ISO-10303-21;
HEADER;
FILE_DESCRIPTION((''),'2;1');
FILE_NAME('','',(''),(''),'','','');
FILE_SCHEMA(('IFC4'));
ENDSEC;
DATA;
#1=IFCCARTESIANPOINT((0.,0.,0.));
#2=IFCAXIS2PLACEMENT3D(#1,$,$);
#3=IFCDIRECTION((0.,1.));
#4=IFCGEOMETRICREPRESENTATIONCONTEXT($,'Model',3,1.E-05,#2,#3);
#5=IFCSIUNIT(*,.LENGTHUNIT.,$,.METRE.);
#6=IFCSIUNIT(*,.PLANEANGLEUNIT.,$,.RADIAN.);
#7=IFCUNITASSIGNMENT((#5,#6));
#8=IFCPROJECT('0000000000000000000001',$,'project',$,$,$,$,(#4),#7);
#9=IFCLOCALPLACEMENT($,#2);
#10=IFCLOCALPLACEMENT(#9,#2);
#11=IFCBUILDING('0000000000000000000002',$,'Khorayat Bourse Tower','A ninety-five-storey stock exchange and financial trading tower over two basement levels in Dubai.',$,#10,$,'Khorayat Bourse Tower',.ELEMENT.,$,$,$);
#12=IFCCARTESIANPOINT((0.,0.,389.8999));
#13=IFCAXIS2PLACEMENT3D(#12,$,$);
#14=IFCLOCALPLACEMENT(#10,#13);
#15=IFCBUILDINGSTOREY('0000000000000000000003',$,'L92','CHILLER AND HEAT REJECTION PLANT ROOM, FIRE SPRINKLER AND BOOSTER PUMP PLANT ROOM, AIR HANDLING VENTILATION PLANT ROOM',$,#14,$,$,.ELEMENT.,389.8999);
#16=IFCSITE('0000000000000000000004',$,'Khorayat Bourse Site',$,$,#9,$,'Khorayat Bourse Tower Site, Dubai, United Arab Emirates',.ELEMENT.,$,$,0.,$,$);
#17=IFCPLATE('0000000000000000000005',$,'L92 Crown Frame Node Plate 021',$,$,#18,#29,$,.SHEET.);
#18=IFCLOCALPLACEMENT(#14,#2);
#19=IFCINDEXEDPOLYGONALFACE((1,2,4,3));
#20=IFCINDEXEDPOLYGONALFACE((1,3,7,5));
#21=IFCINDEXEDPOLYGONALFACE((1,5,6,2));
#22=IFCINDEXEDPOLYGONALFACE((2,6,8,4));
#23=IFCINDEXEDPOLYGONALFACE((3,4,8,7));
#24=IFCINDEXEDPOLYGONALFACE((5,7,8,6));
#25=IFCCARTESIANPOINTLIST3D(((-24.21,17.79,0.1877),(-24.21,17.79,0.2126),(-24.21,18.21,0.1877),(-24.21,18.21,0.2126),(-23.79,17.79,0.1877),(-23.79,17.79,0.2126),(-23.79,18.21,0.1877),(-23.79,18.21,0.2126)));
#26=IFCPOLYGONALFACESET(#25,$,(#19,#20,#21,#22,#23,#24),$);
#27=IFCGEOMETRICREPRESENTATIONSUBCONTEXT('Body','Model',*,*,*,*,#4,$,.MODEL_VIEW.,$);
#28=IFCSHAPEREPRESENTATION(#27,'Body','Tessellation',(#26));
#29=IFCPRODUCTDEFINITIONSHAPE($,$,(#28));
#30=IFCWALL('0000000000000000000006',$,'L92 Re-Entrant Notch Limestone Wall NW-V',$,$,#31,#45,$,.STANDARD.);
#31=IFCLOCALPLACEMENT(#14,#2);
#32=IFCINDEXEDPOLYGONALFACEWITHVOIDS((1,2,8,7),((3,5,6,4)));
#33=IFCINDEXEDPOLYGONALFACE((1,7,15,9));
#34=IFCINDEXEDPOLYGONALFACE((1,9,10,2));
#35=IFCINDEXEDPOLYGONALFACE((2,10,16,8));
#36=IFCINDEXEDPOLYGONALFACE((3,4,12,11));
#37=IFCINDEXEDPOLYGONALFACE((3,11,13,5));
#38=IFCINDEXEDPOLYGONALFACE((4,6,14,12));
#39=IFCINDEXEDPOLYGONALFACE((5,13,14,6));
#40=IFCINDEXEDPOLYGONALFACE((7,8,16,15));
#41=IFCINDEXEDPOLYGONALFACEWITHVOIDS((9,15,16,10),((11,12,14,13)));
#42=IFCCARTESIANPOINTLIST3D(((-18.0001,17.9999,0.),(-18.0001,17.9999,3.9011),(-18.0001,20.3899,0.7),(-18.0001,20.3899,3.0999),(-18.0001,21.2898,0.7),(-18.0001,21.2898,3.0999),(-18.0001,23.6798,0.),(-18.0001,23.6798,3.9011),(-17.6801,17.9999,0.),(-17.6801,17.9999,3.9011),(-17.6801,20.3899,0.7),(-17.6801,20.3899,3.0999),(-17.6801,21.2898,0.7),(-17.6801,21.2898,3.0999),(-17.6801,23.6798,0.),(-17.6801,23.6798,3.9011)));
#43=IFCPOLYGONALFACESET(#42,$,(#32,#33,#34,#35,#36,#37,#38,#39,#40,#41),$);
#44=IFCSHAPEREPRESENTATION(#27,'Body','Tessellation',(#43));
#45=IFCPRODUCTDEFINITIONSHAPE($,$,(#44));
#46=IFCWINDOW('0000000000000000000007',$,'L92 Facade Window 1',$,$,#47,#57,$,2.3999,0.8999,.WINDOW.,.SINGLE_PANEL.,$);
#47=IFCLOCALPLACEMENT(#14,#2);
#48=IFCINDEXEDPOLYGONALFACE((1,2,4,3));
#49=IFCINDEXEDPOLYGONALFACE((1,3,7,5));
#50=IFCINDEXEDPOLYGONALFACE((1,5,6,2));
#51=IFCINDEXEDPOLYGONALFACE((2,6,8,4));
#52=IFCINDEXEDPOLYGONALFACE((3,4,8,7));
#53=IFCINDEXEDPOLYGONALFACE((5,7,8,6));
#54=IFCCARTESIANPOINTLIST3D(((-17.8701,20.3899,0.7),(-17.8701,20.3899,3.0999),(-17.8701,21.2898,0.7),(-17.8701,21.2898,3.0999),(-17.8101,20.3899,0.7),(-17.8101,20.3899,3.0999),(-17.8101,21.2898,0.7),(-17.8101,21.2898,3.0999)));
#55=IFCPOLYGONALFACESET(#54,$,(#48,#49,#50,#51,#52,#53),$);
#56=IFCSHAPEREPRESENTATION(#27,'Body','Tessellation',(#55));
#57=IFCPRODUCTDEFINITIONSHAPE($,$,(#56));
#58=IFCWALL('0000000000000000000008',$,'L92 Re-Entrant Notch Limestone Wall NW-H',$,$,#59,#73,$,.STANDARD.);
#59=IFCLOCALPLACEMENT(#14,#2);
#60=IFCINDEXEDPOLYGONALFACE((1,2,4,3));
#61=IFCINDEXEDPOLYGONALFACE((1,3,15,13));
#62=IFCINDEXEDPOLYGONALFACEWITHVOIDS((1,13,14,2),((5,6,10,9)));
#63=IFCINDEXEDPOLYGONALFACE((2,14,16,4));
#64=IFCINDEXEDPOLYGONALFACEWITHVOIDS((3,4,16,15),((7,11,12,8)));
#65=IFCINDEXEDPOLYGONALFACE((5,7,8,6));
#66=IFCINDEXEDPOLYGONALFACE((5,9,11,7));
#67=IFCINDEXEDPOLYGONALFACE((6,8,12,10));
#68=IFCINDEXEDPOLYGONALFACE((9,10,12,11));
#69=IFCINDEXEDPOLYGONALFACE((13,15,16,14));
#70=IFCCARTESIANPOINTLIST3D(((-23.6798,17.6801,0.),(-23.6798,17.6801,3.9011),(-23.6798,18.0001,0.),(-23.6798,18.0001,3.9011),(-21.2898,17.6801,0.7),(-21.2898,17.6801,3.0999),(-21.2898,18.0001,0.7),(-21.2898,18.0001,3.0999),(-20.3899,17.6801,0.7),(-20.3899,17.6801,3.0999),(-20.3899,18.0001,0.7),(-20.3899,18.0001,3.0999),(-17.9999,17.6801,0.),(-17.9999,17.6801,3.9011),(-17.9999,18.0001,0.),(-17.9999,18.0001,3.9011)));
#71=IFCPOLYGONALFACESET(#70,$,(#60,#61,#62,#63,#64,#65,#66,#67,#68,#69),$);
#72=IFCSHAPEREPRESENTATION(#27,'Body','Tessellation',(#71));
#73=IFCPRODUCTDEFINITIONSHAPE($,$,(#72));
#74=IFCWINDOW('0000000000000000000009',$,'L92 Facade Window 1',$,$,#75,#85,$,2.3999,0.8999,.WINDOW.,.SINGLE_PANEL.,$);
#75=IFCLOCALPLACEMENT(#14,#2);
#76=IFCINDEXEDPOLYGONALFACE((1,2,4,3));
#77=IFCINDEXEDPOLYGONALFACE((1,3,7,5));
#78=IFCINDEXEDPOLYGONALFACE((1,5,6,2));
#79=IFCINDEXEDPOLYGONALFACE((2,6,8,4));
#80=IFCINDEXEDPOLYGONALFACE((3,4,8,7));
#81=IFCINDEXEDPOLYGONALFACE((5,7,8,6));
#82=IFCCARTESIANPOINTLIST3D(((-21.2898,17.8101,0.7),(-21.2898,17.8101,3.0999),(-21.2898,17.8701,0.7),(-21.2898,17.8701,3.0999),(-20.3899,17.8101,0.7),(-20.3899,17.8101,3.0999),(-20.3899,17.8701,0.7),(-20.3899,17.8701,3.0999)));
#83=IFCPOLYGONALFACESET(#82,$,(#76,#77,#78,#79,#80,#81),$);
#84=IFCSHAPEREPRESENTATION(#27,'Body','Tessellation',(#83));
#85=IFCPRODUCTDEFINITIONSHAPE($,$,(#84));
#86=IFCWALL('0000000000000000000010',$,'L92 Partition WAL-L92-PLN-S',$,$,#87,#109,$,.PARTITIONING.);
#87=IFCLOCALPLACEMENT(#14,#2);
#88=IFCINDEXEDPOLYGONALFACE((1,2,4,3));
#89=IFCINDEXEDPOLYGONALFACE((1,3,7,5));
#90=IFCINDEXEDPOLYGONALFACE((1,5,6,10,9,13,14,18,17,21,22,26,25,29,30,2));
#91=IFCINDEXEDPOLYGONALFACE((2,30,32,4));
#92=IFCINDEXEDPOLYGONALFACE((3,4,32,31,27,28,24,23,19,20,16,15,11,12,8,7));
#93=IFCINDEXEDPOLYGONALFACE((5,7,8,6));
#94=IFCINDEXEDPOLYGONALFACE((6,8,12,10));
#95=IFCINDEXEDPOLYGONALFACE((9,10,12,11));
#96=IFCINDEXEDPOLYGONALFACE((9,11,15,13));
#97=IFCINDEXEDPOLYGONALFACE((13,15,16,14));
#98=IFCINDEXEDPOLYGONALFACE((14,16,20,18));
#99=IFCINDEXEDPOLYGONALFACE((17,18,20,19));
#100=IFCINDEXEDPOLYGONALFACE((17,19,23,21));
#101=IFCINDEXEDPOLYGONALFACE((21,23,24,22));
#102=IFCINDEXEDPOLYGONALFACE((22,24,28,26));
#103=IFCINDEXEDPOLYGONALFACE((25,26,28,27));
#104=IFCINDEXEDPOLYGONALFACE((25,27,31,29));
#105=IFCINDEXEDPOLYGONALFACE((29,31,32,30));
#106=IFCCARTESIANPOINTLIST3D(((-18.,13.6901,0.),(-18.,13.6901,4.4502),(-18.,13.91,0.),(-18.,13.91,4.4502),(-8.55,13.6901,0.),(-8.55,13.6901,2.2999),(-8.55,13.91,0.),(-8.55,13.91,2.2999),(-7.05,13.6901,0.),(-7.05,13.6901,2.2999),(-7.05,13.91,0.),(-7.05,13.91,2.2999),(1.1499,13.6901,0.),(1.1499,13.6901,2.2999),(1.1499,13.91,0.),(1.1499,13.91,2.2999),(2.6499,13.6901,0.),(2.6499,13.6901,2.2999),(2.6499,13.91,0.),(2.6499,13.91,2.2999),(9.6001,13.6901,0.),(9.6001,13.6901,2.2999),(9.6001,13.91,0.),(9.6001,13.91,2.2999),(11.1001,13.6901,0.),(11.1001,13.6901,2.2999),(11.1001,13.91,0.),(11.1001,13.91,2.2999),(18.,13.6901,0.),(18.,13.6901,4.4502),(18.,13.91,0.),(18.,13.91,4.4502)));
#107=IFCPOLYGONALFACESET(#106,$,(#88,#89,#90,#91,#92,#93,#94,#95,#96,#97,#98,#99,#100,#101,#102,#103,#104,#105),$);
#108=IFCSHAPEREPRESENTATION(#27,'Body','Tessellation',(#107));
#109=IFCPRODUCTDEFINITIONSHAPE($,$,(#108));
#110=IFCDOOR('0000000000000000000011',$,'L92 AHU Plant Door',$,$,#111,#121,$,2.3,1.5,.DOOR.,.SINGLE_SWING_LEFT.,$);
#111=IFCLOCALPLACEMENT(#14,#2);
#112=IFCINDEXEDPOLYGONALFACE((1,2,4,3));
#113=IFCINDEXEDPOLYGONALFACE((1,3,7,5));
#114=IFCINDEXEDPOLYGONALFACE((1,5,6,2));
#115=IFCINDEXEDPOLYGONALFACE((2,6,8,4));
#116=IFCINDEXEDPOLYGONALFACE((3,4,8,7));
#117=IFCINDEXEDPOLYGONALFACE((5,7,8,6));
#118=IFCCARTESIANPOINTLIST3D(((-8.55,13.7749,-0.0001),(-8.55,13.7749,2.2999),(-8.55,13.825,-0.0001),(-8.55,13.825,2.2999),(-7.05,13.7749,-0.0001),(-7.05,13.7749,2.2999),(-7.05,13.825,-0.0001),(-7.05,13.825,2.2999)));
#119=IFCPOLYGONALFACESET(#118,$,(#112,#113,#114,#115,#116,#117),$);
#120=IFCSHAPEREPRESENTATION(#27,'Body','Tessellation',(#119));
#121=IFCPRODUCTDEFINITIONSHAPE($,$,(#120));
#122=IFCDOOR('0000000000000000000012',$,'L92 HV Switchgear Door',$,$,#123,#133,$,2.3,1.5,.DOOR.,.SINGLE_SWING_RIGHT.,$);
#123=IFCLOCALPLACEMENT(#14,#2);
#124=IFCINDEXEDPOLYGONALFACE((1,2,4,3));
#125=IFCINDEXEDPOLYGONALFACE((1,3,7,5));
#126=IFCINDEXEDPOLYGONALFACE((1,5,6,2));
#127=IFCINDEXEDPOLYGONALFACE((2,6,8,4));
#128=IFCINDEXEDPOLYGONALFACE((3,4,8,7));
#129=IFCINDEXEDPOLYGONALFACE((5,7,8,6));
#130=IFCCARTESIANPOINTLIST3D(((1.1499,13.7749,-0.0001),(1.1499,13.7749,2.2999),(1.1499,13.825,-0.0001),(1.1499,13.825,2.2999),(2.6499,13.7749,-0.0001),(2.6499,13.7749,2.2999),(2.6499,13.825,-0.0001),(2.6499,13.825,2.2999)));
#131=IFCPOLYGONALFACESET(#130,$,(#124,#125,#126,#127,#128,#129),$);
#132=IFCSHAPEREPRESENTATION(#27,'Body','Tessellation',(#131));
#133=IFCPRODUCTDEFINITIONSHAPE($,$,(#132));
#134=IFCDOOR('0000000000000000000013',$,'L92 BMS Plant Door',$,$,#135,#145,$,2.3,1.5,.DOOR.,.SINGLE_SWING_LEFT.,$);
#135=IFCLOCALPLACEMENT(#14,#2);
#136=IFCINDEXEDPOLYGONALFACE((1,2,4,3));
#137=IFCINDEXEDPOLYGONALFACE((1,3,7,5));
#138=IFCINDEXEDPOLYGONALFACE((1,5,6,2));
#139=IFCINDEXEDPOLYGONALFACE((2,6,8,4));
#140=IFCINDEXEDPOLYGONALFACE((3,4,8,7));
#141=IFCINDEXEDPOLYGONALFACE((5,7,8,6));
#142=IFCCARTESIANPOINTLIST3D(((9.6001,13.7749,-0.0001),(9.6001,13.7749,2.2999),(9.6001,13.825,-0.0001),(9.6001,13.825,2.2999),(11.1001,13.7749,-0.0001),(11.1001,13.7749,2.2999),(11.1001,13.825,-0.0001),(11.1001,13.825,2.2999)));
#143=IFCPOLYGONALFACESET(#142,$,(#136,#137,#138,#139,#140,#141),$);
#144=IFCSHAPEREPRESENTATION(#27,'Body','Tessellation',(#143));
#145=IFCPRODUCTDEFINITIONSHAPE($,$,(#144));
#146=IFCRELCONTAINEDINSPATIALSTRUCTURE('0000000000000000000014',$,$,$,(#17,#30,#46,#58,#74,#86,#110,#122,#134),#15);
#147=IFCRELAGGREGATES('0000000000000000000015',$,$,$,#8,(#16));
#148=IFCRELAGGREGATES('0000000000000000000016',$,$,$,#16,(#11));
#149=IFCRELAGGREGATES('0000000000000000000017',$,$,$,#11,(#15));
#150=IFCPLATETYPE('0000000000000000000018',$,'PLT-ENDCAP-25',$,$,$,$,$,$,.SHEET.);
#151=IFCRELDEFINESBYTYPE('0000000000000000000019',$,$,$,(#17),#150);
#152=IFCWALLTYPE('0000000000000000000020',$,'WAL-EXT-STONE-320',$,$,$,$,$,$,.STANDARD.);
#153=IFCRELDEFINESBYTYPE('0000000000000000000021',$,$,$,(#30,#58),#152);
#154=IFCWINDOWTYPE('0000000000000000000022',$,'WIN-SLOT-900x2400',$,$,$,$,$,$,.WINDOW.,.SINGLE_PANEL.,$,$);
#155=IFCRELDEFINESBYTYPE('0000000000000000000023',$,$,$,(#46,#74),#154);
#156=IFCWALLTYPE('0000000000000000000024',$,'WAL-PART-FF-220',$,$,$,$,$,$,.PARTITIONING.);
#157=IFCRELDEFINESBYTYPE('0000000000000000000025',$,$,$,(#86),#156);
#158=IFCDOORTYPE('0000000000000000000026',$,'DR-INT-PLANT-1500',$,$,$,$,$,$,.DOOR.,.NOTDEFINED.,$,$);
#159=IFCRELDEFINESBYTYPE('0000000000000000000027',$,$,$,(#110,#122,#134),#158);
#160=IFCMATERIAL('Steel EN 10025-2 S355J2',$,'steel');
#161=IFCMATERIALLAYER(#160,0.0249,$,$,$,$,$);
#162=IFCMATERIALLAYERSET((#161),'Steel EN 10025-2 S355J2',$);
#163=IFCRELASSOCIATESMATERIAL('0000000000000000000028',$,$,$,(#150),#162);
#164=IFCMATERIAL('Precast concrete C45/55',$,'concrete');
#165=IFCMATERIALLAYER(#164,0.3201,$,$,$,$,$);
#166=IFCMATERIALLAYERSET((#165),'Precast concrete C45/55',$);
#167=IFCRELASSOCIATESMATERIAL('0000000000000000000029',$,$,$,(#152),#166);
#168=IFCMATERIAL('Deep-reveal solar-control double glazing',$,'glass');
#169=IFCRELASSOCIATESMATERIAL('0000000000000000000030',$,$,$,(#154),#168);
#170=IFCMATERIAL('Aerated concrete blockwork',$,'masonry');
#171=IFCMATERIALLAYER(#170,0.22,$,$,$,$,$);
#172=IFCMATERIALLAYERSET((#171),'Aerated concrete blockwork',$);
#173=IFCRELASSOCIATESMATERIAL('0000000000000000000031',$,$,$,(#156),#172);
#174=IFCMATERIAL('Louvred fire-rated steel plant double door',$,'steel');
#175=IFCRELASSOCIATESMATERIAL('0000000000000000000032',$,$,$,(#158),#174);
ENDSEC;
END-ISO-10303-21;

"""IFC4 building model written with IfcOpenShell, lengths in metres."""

from ifc_helpers import new_model, si_unit, direction, frame, frame_2d, origin, origin_2d, place, context, subcontext, project, spatial, rectangle, extrude, source, transform, mapped, material, layer, layer_set, type_object, element, fill, save


model = new_model("IFC4")

# Units and contexts
model_context = context("Model", 3, precision=1e-05, world=origin(), true_north=direction((0.0, 1.0)))
body_context = subcontext(model_context, "Body", "Model", "MODEL_VIEW")
ifc_project = project(units=[si_unit("LENGTHUNIT", "METRE"), si_unit("PLANEANGLEUNIT", "RADIAN")], contexts=[model_context])

# Site, building, storey
site_placement = place(None, origin())
site = spatial("IfcSite", under=ifc_project, at=site_placement, Name="Khorayat Bourse Site", LongName="Khorayat Bourse Tower Site, Dubai, United Arab Emirates", CompositionType="ELEMENT", RefElevation=0.0)
building_placement = place(site_placement, origin())
building = spatial("IfcBuilding", under=site, at=building_placement, Name="Khorayat Bourse Tower", Description="A ninety-five-storey stock exchange and financial trading tower over two basement levels in Dubai.", LongName="Khorayat Bourse Tower", CompositionType="ELEMENT")
storey_placement = place(building_placement, frame((0.0, 0.0, 389.8999)))
storey = spatial("IfcBuildingStorey", under=building, at=storey_placement, Name="L92", Description="CHILLER AND HEAT REJECTION PLANT ROOM, FIRE SPRINKLER AND BOOSTER PUMP PLANT ROOM, AIR HANDLING VENTILATION PLANT ROOM", CompositionType="ELEMENT", Elevation=389.8999)

# Shared definitions
ifc_material_1 = material(Name="Steel EN 10025-2 S355J2", Category="steel")

# Plate
ifc_layer_1 = layer(ifc_material_1, 0.0249)
ifc_layer_set_1 = layer_set([ifc_layer_1], Name="Steel EN 10025-2 S355J2")
plate_type = type_object("IfcPlateType", Name="PLT-ENDCAP-25", PredefinedType="SHEET", material=ifc_layer_set_1)
shared_shape_1 = source(origin(), body_context, "Body", "SweptSolid", [
    extrude(rectangle(XDim=0.4199, YDim=0.4199, at=origin_2d()), origin(), (0.0, 0.0, 1.0), 0.0249),
])
for number, where, z_axis, x_axis, name in (
    (1, (-24.0, 18.0, 0.1877), (0.0, 0.0, 1.0), (1.0, 0.0, 0.0), "L92 Crown Frame Node Plate 021"),
):
    element("IfcPlate", number, at=place(storey_placement, frame(where, z_axis=z_axis, x_axis=x_axis)), inside=storey, type_object=plate_type, Name=name, PredefinedType="SHEET", context=body_context, shape_type="MappedRepresentation", body=[
        mapped(shared_shape_1, transform((0.0, 0.0, 0.0), scale=1.0)),
    ])

# Walls, openings, windows
ifc_material_2 = material(Name="Precast concrete C45/55", Category="concrete")
ifc_layer_2 = layer(ifc_material_2, 0.3201)
ifc_layer_set_2 = layer_set([ifc_layer_2], Name="Precast concrete C45/55")
wall_type_1 = type_object("IfcWallType", Name="WAL-EXT-STONE-320", PredefinedType="STANDARD", material=ifc_layer_set_2)
shared_shape_2 = source(origin(), body_context, "Body", "SweptSolid", [
    extrude(rectangle(XDim=5.6799, YDim=0.3201, at=frame_2d((2.8398, 0.0))), origin(), (0.0, 0.0, 1.0), 3.9011),
])
wall_1_placement = place(storey_placement, frame((-17.8401, 18.0, 0.0), z_axis=(0.0, 0.0, 1.0), x_axis=(0.0, 1.0, 0.0)))
wall_1 = element("IfcWall", 2, at=wall_1_placement, inside=storey, type_object=wall_type_1, Name="L92 Re-Entrant Notch Limestone Wall NW-V", PredefinedType="STANDARD", context=body_context, shape_type="MappedRepresentation", body=[
    mapped(shared_shape_2, transform((0.0, 0.0, 0.0), scale=1.0)),
])
shared_shape_3 = source(origin(), body_context, "Body", "SweptSolid", [
    extrude(rectangle(XDim=0.8999, YDim=2.3999, at=frame_2d((0.45, 1.2))), frame((0.0, 0.1699, 0.0), z_axis=(0.0, -1.0, 0.0), x_axis=(1.0, 0.0, 0.0)), (0.0, 0.0, 1.0), 0.3401),
])
opening_1_placement = place(wall_1_placement, frame((2.3899, 0.0, 0.7)))
opening_1 = element("IfcOpeningElement", 3, at=opening_1_placement, cuts=wall_1, PredefinedType="OPENING", context=body_context, shape_type="MappedRepresentation", body=[
    mapped(shared_shape_3, transform((0.0, 0.0, 0.0), scale=1.0)),
])
ifc_material_3 = material(Name="Deep-reveal solar-control double glazing", Category="glass")
window_type = type_object("IfcWindowType", Name="WIN-SLOT-900x2400", PartitioningType="SINGLE_PANEL", PredefinedType="WINDOW", material=ifc_material_3)
shared_shape_4 = source(origin(), body_context, "Body", "SweptSolid", [
    extrude(rectangle(XDim=0.8999, YDim=2.3999, at=frame_2d((0.45, 1.2))), frame((0.0, 0.03, 0.0), z_axis=(0.0, -1.0, 0.0), x_axis=(1.0, 0.0, 0.0)), (0.0, 0.0, 1.0), 0.0601),
])
window_1_placement = place(opening_1_placement, origin())
window_1 = element("IfcWindow", 4, at=window_1_placement, inside=storey, type_object=window_type, Name="L92 Facade Window 1", OverallHeight=2.3999, OverallWidth=0.8999, PartitioningType="SINGLE_PANEL", PredefinedType="WINDOW", context=body_context, shape_type="MappedRepresentation", body=[
    mapped(shared_shape_4, transform((0.0, 0.0, 0.0), scale=1.0)),
])
fill(opening_1, window_1)
wall_2_placement = place(storey_placement, frame((-18.0, 17.8401, 0.0), z_axis=(0.0, 0.0, 1.0), x_axis=(-1.0, 0.0, 0.0)))
wall_2 = element("IfcWall", 5, at=wall_2_placement, inside=storey, type_object=wall_type_1, Name="L92 Re-Entrant Notch Limestone Wall NW-H", PredefinedType="STANDARD", context=body_context, shape_type="MappedRepresentation", body=[
    mapped(shared_shape_2, transform((0.0, 0.0, 0.0), scale=1.0)),
])
opening_2_placement = place(wall_2_placement, frame((2.3899, 0.0, 0.7)))
opening_2 = element("IfcOpeningElement", 6, at=opening_2_placement, cuts=wall_2, PredefinedType="OPENING", context=body_context, shape_type="MappedRepresentation", body=[
    mapped(shared_shape_3, transform((0.0, 0.0, 0.0), scale=1.0)),
])
window_2_placement = place(opening_2_placement, origin())
window_2 = element("IfcWindow", 7, at=window_2_placement, inside=storey, type_object=window_type, Name="L92 Facade Window 1", OverallHeight=2.3999, OverallWidth=0.8999, PartitioningType="SINGLE_PANEL", PredefinedType="WINDOW", context=body_context, shape_type="MappedRepresentation", body=[
    mapped(shared_shape_4, transform((0.0, 0.0, 0.0), scale=1.0)),
])
fill(opening_2, window_2)

# Wall, openings, doors
ifc_material_4 = material(Name="Aerated concrete blockwork", Category="masonry")
ifc_layer_3 = layer(ifc_material_4, 0.22)
ifc_layer_set_3 = layer_set([ifc_layer_3], Name="Aerated concrete blockwork")
wall_type_2 = type_object("IfcWallType", Name="WAL-PART-FF-220", PredefinedType="PARTITIONING", material=ifc_layer_set_3)
shared_shape_5 = source(origin(), body_context, "Body", "SweptSolid", [
    extrude(rectangle(XDim=36.0, YDim=0.22, at=frame_2d((18.0, 0.0))), origin(), (0.0, 0.0, 1.0), 4.4502),
])
wall_3_placement = place(storey_placement, frame((-18.0, 13.8, 0.0), z_axis=(0.0, 0.0, 1.0), x_axis=(1.0, 0.0, 0.0)))
wall_3 = element("IfcWall", 8, at=wall_3_placement, inside=storey, type_object=wall_type_2, Name="L92 Partition WAL-L92-PLN-S", PredefinedType="PARTITIONING", context=body_context, shape_type="MappedRepresentation", body=[
    mapped(shared_shape_5, transform((0.0, 0.0, 0.0), scale=1.0)),
])
shared_shape_6 = source(origin(), body_context, "Body", "SweptSolid", [
    extrude(rectangle(XDim=1.5, YDim=2.3, at=frame_2d((0.75, 1.1499))), frame((0.0, 0.1199, 0.0), z_axis=(0.0, -1.0, 0.0), x_axis=(1.0, 0.0, 0.0)), (0.0, 0.0, 1.0), 0.24),
])
opening_3_placement = place(wall_3_placement, frame((9.45, 0.0, 0.0)))
opening_3 = element("IfcOpeningElement", 9, at=opening_3_placement, cuts=wall_3, PredefinedType="OPENING", context=body_context, shape_type="MappedRepresentation", body=[
    mapped(shared_shape_6, transform((0.0, 0.0, 0.0), scale=1.0)),
])
opening_4_placement = place(wall_3_placement, frame((19.1499, 0.0, 0.0)))
opening_4 = element("IfcOpeningElement", 10, at=opening_4_placement, cuts=wall_3, PredefinedType="OPENING", context=body_context, shape_type="MappedRepresentation", body=[
    mapped(shared_shape_6, transform((0.0, 0.0, 0.0), scale=1.0)),
])
opening_5_placement = place(wall_3_placement, frame((27.6001, 0.0, 0.0)))
opening_5 = element("IfcOpeningElement", 11, at=opening_5_placement, cuts=wall_3, PredefinedType="OPENING", context=body_context, shape_type="MappedRepresentation", body=[
    mapped(shared_shape_6, transform((0.0, 0.0, 0.0), scale=1.0)),
])
ifc_material_5 = material(Name="Louvred fire-rated steel plant double door", Category="steel")
door_type = type_object("IfcDoorType", Name="DR-INT-PLANT-1500", OperationType="NOTDEFINED", PredefinedType="DOOR", material=ifc_material_5)
shared_shape_7 = source(origin(), body_context, "Body", "SweptSolid", [
    extrude(rectangle(XDim=1.5, YDim=2.3, at=frame_2d((0.75, 1.1499))), frame((0.0, 0.0249, 0.0), z_axis=(0.0, -1.0, 0.0), x_axis=(1.0, 0.0, 0.0)), (0.0, 0.0, 1.0), 0.05),
])
door_1_placement = place(opening_3_placement, origin())
door_1 = element("IfcDoor", 12, at=door_1_placement, inside=storey, type_object=door_type, Name="L92 AHU Plant Door", OperationType="SINGLE_SWING_LEFT", OverallHeight=2.3, OverallWidth=1.5, PredefinedType="DOOR", context=body_context, shape_type="MappedRepresentation", body=[
    mapped(shared_shape_7, transform((0.0, 0.0, 0.0), scale=1.0)),
])
fill(opening_3, door_1)
door_2_placement = place(opening_4_placement, origin())
door_2 = element("IfcDoor", 13, at=door_2_placement, inside=storey, type_object=door_type, Name="L92 HV Switchgear Door", OperationType="SINGLE_SWING_RIGHT", OverallHeight=2.3, OverallWidth=1.5, PredefinedType="DOOR", context=body_context, shape_type="MappedRepresentation", body=[
    mapped(shared_shape_7, transform((0.0, 0.0, 0.0), scale=1.0)),
])
fill(opening_4, door_2)
door_3_placement = place(opening_5_placement, origin())
door_3 = element("IfcDoor", 14, at=door_3_placement, inside=storey, type_object=door_type, Name="L92 BMS Plant Door", OperationType="SINGLE_SWING_LEFT", OverallHeight=2.3, OverallWidth=1.5, PredefinedType="DOOR", context=body_context, shape_type="MappedRepresentation", body=[
    mapped(shared_shape_7, transform((0.0, 0.0, 0.0), scale=1.0)),
])
fill(opening_5, door_3)

save(model, "model.ifc")
